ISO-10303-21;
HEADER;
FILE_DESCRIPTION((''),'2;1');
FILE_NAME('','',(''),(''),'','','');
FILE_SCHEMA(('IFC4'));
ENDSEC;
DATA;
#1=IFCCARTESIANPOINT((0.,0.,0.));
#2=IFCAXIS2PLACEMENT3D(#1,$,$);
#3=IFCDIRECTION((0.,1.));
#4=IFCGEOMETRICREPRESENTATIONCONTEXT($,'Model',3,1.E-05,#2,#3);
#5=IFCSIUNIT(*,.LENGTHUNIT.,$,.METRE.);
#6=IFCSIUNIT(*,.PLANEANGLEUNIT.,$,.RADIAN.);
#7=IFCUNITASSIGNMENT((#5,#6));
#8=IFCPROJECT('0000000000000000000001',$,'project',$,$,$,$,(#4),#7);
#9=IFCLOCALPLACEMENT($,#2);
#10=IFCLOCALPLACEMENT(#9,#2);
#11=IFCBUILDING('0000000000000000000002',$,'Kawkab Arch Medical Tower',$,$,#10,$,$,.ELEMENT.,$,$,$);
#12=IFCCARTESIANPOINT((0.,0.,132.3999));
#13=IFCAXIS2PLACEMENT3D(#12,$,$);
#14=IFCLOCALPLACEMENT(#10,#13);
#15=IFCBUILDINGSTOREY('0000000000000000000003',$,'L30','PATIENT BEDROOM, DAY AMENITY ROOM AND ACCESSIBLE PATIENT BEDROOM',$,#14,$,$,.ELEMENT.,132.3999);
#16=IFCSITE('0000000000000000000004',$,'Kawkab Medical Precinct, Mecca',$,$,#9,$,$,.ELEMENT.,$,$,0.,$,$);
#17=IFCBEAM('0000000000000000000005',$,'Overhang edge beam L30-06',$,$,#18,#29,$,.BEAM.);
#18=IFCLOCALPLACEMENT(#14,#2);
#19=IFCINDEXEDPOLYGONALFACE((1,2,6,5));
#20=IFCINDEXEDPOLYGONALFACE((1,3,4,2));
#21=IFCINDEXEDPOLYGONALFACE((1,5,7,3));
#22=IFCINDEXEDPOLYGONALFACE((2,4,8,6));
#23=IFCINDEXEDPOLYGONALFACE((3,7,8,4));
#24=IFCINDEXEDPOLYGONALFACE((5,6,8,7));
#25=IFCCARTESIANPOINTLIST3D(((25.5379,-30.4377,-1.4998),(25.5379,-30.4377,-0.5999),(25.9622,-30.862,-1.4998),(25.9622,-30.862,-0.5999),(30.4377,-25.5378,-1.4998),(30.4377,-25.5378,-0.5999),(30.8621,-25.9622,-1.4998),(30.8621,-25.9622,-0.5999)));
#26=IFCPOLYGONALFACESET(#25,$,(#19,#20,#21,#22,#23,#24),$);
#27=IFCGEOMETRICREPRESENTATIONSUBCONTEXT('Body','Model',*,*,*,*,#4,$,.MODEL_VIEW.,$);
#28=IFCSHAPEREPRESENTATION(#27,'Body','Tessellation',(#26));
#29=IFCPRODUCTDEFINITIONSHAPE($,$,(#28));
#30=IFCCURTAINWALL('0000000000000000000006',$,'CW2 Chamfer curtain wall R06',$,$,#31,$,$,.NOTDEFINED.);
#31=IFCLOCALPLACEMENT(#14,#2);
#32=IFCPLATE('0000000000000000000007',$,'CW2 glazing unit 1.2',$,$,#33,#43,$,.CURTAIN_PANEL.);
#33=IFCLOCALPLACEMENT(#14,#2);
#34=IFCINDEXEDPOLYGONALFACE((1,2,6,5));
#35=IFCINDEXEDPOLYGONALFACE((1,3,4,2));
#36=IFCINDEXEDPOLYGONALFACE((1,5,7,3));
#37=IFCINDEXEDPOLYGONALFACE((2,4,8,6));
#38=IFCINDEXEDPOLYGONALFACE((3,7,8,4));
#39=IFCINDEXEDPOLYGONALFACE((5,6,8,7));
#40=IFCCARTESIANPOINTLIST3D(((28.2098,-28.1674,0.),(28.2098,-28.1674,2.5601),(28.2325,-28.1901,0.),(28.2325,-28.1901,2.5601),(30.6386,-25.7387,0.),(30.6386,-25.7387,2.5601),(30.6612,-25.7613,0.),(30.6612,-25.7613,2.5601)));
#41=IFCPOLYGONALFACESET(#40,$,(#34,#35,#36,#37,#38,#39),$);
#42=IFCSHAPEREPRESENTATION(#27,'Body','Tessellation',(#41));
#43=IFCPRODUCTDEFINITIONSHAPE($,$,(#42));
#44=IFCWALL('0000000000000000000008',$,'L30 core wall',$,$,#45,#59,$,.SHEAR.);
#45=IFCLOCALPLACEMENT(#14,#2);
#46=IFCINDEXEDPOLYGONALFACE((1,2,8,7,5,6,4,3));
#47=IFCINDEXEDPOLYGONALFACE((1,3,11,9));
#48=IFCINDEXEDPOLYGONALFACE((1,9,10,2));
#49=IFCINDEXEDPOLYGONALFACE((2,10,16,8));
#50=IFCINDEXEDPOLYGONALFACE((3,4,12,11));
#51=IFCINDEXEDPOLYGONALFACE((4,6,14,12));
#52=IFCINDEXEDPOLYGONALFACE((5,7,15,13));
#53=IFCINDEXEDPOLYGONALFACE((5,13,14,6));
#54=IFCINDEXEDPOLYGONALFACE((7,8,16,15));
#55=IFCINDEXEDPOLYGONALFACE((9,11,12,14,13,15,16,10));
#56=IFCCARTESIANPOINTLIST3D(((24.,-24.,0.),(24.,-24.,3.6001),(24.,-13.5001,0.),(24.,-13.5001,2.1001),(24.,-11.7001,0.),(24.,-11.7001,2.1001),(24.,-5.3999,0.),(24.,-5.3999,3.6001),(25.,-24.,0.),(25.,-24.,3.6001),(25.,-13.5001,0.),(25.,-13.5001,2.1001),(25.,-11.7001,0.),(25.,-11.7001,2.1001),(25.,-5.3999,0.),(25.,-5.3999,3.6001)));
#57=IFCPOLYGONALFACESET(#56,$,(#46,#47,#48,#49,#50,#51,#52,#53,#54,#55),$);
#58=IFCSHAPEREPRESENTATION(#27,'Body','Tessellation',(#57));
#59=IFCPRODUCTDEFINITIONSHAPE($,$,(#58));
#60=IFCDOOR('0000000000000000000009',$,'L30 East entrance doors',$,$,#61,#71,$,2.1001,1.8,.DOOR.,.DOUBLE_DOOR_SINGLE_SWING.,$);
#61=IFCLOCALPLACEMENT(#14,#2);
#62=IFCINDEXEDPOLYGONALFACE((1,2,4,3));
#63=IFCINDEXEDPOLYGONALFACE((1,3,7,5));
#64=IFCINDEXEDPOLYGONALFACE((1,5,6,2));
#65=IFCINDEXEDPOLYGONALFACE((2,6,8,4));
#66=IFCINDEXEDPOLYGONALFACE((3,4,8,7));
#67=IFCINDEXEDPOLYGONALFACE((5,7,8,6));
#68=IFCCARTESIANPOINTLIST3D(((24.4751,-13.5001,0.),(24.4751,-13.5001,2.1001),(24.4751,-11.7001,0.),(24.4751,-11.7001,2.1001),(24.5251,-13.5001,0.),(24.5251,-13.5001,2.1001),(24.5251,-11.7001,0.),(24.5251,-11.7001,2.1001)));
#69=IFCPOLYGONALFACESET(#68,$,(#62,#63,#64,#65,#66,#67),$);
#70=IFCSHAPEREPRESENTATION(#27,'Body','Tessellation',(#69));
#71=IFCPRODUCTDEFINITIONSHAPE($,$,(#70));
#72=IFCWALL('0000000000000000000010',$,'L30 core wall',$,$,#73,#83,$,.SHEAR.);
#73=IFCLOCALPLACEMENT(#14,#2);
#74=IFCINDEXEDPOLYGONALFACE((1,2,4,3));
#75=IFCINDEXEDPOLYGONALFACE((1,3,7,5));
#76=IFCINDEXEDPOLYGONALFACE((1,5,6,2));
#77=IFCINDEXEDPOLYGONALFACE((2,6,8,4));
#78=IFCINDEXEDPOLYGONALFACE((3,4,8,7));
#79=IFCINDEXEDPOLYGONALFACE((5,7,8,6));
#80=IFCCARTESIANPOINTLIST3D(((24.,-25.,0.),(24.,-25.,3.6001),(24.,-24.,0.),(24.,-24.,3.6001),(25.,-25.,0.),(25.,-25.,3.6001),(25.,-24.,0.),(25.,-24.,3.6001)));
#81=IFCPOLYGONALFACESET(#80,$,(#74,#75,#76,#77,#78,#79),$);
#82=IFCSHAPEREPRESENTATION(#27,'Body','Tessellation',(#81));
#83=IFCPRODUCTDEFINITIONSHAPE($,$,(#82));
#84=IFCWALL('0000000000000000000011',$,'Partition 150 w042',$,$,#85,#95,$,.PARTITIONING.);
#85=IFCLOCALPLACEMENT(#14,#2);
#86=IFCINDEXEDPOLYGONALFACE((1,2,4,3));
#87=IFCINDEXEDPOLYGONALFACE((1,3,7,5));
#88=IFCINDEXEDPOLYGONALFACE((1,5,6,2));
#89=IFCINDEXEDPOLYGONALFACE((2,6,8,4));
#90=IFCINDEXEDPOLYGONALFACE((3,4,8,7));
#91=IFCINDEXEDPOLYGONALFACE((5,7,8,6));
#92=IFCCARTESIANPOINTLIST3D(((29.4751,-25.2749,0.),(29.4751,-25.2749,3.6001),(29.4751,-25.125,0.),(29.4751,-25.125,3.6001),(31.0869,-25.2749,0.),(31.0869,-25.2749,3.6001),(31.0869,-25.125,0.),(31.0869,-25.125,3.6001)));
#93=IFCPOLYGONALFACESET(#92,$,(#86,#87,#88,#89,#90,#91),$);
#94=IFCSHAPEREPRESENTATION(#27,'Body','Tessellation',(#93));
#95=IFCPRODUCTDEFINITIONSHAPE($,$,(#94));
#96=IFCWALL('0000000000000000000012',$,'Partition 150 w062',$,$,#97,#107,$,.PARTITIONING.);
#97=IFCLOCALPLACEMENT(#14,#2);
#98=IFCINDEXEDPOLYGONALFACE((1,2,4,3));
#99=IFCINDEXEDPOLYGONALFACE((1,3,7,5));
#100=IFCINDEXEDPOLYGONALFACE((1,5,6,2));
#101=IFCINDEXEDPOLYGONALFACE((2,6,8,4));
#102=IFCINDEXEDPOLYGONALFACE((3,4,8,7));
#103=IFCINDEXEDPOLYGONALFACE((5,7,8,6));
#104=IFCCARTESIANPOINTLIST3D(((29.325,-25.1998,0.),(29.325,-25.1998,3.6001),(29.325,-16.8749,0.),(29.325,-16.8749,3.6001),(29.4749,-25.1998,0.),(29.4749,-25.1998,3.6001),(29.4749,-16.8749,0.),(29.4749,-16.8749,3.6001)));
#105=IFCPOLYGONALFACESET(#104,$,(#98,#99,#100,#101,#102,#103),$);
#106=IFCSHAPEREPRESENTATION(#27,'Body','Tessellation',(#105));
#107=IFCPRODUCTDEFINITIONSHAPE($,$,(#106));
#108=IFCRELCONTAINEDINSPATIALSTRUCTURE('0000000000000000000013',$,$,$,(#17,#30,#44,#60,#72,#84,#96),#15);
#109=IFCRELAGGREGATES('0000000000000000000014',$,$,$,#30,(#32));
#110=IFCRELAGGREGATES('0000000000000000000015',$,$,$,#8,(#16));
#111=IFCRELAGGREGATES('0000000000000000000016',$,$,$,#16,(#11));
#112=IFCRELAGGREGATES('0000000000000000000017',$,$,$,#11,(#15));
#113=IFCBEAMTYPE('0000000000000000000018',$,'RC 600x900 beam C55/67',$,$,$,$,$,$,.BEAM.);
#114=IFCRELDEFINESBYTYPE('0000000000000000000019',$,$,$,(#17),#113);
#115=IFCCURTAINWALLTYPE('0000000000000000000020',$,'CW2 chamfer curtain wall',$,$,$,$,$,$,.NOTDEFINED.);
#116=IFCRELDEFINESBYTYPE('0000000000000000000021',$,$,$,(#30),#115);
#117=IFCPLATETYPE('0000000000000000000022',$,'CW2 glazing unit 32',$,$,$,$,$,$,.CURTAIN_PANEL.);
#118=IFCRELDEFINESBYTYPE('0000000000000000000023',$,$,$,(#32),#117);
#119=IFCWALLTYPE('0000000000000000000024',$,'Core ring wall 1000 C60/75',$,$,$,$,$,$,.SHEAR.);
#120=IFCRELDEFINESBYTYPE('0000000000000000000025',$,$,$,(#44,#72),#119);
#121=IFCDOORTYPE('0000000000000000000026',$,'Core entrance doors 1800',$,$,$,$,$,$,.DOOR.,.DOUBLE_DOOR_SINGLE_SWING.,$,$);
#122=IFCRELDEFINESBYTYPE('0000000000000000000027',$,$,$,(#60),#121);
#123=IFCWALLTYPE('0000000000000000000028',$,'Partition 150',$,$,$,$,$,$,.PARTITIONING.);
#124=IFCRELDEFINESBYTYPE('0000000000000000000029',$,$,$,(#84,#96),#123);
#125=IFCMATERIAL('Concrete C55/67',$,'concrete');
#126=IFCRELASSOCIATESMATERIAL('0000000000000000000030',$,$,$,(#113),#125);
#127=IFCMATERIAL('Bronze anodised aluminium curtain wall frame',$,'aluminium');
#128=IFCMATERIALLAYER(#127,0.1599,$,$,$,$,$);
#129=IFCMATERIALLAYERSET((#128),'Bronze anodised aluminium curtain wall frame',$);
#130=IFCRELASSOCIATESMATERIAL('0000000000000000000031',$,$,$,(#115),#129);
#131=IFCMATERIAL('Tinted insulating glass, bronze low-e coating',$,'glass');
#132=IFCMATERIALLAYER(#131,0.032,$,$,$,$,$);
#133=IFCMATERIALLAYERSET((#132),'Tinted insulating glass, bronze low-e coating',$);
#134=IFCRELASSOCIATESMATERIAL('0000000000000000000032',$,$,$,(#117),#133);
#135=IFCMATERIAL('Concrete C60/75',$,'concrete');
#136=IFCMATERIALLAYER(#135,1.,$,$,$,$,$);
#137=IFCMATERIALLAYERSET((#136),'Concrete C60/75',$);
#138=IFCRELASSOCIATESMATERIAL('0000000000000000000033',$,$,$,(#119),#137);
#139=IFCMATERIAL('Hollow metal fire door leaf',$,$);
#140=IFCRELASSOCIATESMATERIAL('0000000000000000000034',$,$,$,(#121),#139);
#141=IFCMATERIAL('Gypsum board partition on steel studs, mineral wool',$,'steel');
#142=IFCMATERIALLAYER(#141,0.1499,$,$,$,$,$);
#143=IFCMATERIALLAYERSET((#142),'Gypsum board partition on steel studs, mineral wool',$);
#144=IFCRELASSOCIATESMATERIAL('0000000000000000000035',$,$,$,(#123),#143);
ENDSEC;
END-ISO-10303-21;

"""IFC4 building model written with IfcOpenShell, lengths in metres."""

from ifc_helpers import new_model, si_unit, direction, frame, frame_2d, origin, origin_2d, place, context, subcontext, project, spatial, rectangle, extrude, material, layer, layer_set, material_profile, profile_set, type_object, element, fill, aggregate, save


model = new_model("IFC4")

# Units and contexts
model_context = context("Model", 3, precision=1e-05, world=origin(), true_north=direction((0.0, 1.0)))
body_context = subcontext(model_context, "Body", "Model", "MODEL_VIEW")
ifc_project = project(units=[si_unit("LENGTHUNIT", "METRE"), si_unit("PLANEANGLEUNIT", "RADIAN")], contexts=[model_context])

# Site, building, storey
site_placement = place(None, origin())
site = spatial("IfcSite", under=ifc_project, at=site_placement, Name="Kawkab Medical Precinct, Mecca", CompositionType="ELEMENT", RefElevation=0.0)
building_placement = place(site_placement, origin())
building = spatial("IfcBuilding", under=site, at=building_placement, Name="Kawkab Arch Medical Tower", CompositionType="ELEMENT")
storey_placement = place(building_placement, frame((0.0, 0.0, 132.3999)))
storey = spatial("IfcBuildingStorey", under=building, at=storey_placement, Name="L30", Description="PATIENT BEDROOM, DAY AMENITY ROOM AND ACCESSIBLE PATIENT BEDROOM", CompositionType="ELEMENT", Elevation=132.3999)

# Beam
ifc_material_1 = material(Name="Concrete C55/67", Category="concrete")
ifc_material_profile = material_profile(ifc_material_1, rectangle(XDim=0.6001, YDim=0.8999, at=origin_2d()), Name="RC 600x900")
ifc_profile_set = profile_set([ifc_material_profile], Name="Concrete C55/67")
beam_type = type_object("IfcBeamType", Name="RC 600x900 beam C55/67", PredefinedType="BEAM", material=ifc_profile_set)
beam_placement = place(storey_placement, frame((30.6499, -25.75, -1.0498), z_axis=(-0.707107, -0.707107, 0.0), x_axis=(0.707107, -0.707107, 0.0)))
element("IfcBeam", 1, at=beam_placement, inside=storey, type_object=beam_type, Name="Overhang edge beam L30-06", PredefinedType="BEAM", context=body_context, shape_type="SweptSolid", body=[
    extrude(rectangle(XDim=0.6001, YDim=0.8999, at=origin_2d()), origin(), (0.0, 0.0, 1.0), 6.9294),
])

# Curtain wall, plate
ifc_material_2 = material(Name="Bronze anodised aluminium curtain wall frame", Category="aluminium")
ifc_layer_1 = layer(ifc_material_2, 0.1599)
ifc_layer_set_1 = layer_set([ifc_layer_1], Name="Bronze anodised aluminium curtain wall frame")
curtain_wall_type = type_object("IfcCurtainWallType", Name="CW2 chamfer curtain wall", PredefinedType="NOTDEFINED", material=ifc_layer_set_1)
curtain_wall_placement = place(storey_placement, origin())
curtain_wall = element("IfcCurtainWall", 2, at=curtain_wall_placement, inside=storey, type_object=curtain_wall_type, Name="CW2 Chamfer curtain wall R06", PredefinedType="NOTDEFINED")
ifc_material_3 = material(Name="Tinted insulating glass, bronze low-e coating", Category="glass")
ifc_layer_2 = layer(ifc_material_3, 0.032)
ifc_layer_set_2 = layer_set([ifc_layer_2], Name="Tinted insulating glass, bronze low-e coating")
plate_type = type_object("IfcPlateType", Name="CW2 glazing unit 32", PredefinedType="CURTAIN_PANEL", material=ifc_layer_set_2)
plate_placement = place(storey_placement, frame((29.4355, -26.9644, 0.0), z_axis=(0.0, 0.0, 1.0), x_axis=(0.707107, 0.707107, 0.0)))
plate = element("IfcPlate", 3, at=plate_placement, type_object=plate_type, Name="CW2 glazing unit 1.2", PredefinedType="CURTAIN_PANEL", context=body_context, shape_type="SweptSolid", body=[
    extrude(rectangle(XDim=3.4348, YDim=0.032, at=origin_2d()), origin(), (0.0, 0.0, 1.0), 2.5601),
])
aggregate(curtain_wall, [plate])

# Wall, opening, door
ifc_material_4 = material(Name="Concrete C60/75", Category="concrete")
ifc_layer_3 = layer(ifc_material_4, 1.0)
ifc_layer_set_3 = layer_set([ifc_layer_3], Name="Concrete C60/75")
wall_type_1 = type_object("IfcWallType", Name="Core ring wall 1000 C60/75", PredefinedType="SHEAR", material=ifc_layer_set_3)
wall_1_placement = place(storey_placement, frame((24.5, -24.0, 0.0), z_axis=(0.0, 0.0, 1.0), x_axis=(0.0, 1.0, 0.0)))
wall_1 = element("IfcWall", 4, at=wall_1_placement, inside=storey, type_object=wall_type_1, Name="L30 core wall", PredefinedType="SHEAR", context=body_context, shape_type="SweptSolid", body=[
    extrude(rectangle(XDim=18.6001, YDim=1.0, at=frame_2d((9.3, 0.0))), origin(), (0.0, 0.0, 1.0), 3.6001),
])
opening_1_placement = place(wall_1_placement, frame((10.5, 0.0, 0.0)))
opening_1 = element("IfcOpeningElement", 5, at=opening_1_placement, cuts=wall_1, PredefinedType="OPENING", context=body_context, shape_type="SweptSolid", body=[
    extrude(rectangle(XDim=1.8, YDim=2.1001, at=frame_2d((0.8999, 1.05))), frame((0.0, 0.51, 0.0), z_axis=(0.0, -1.0, 0.0), x_axis=(1.0, 0.0, 0.0)), (0.0, 0.0, 1.0), 1.02),
])
ifc_material_5 = material(Name="Hollow metal fire door leaf")
door_type_1 = type_object("IfcDoorType", Name="Core entrance doors 1800", OperationType="DOUBLE_DOOR_SINGLE_SWING", PredefinedType="DOOR", material=ifc_material_5)
door_1_placement = place(opening_1_placement, origin())
door_1 = element("IfcDoor", 6, at=door_1_placement, inside=storey, type_object=door_type_1, Name="L30 East entrance doors", OperationType="DOUBLE_DOOR_SINGLE_SWING", OverallHeight=2.1001, OverallWidth=1.8, PredefinedType="DOOR", context=body_context, shape_type="SweptSolid", body=[
    extrude(rectangle(XDim=1.8, YDim=2.1001, at=frame_2d((0.8999, 1.05))), frame((0.0, 0.0249, 0.0), z_axis=(0.0, -1.0, 0.0), x_axis=(1.0, 0.0, 0.0)), (0.0, 0.0, 1.0), 0.05),
])
fill(opening_1, door_1)

# Walls
wall_2_placement = place(storey_placement, frame((24.5, -25.0, 0.0), z_axis=(0.0, 0.0, 1.0), x_axis=(0.0, 1.0, 0.0)))
element("IfcWall", 7, at=wall_2_placement, inside=storey, type_object=wall_type_1, Name="L30 core wall", PredefinedType="SHEAR", context=body_context, shape_type="SweptSolid", body=[
    extrude(rectangle(XDim=1.0, YDim=1.0, at=frame_2d((0.5, 0.0))), origin(), (0.0, 0.0, 1.0), 3.6001),
])
ifc_material_6 = material(Name="Gypsum board partition on steel studs, mineral wool", Category="steel")
ifc_layer_4 = layer(ifc_material_6, 0.1499)
ifc_layer_set_4 = layer_set([ifc_layer_4], Name="Gypsum board partition on steel studs, mineral wool")
wall_type_2 = type_object("IfcWallType", Name="Partition 150", PredefinedType="PARTITIONING", material=ifc_layer_set_4)
wall_3_placement = place(storey_placement, frame((29.4751, -25.2, 0.0), z_axis=(0.0, 0.0, 1.0), x_axis=(1.0, 0.0, 0.0)))
element("IfcWall", 8, at=wall_3_placement, inside=storey, type_object=wall_type_2, Name="Partition 150 w042", PredefinedType="PARTITIONING", context=body_context, shape_type="SweptSolid", body=[
    extrude(rectangle(XDim=1.6118, YDim=0.1499, at=frame_2d((0.8059, 0.0))), origin(), (0.0, 0.0, 1.0), 3.6001),
])

# Wall
wall_4_placement = place(storey_placement, frame((29.3999, -25.2, 0.0), z_axis=(0.0, 0.0, 1.0), x_axis=(0.0, 1.0, 0.0)))
element("IfcWall", 9, at=wall_4_placement, inside=storey, type_object=wall_type_2, Name="Partition 150 w062", PredefinedType="PARTITIONING", context=body_context, shape_type="SweptSolid", body=[
    extrude(rectangle(XDim=8.325, YDim=0.1499, at=frame_2d((4.1626, 0.0))), origin(), (0.0, 0.0, 1.0), 3.6001),
])

save(model, "model.ifc")
